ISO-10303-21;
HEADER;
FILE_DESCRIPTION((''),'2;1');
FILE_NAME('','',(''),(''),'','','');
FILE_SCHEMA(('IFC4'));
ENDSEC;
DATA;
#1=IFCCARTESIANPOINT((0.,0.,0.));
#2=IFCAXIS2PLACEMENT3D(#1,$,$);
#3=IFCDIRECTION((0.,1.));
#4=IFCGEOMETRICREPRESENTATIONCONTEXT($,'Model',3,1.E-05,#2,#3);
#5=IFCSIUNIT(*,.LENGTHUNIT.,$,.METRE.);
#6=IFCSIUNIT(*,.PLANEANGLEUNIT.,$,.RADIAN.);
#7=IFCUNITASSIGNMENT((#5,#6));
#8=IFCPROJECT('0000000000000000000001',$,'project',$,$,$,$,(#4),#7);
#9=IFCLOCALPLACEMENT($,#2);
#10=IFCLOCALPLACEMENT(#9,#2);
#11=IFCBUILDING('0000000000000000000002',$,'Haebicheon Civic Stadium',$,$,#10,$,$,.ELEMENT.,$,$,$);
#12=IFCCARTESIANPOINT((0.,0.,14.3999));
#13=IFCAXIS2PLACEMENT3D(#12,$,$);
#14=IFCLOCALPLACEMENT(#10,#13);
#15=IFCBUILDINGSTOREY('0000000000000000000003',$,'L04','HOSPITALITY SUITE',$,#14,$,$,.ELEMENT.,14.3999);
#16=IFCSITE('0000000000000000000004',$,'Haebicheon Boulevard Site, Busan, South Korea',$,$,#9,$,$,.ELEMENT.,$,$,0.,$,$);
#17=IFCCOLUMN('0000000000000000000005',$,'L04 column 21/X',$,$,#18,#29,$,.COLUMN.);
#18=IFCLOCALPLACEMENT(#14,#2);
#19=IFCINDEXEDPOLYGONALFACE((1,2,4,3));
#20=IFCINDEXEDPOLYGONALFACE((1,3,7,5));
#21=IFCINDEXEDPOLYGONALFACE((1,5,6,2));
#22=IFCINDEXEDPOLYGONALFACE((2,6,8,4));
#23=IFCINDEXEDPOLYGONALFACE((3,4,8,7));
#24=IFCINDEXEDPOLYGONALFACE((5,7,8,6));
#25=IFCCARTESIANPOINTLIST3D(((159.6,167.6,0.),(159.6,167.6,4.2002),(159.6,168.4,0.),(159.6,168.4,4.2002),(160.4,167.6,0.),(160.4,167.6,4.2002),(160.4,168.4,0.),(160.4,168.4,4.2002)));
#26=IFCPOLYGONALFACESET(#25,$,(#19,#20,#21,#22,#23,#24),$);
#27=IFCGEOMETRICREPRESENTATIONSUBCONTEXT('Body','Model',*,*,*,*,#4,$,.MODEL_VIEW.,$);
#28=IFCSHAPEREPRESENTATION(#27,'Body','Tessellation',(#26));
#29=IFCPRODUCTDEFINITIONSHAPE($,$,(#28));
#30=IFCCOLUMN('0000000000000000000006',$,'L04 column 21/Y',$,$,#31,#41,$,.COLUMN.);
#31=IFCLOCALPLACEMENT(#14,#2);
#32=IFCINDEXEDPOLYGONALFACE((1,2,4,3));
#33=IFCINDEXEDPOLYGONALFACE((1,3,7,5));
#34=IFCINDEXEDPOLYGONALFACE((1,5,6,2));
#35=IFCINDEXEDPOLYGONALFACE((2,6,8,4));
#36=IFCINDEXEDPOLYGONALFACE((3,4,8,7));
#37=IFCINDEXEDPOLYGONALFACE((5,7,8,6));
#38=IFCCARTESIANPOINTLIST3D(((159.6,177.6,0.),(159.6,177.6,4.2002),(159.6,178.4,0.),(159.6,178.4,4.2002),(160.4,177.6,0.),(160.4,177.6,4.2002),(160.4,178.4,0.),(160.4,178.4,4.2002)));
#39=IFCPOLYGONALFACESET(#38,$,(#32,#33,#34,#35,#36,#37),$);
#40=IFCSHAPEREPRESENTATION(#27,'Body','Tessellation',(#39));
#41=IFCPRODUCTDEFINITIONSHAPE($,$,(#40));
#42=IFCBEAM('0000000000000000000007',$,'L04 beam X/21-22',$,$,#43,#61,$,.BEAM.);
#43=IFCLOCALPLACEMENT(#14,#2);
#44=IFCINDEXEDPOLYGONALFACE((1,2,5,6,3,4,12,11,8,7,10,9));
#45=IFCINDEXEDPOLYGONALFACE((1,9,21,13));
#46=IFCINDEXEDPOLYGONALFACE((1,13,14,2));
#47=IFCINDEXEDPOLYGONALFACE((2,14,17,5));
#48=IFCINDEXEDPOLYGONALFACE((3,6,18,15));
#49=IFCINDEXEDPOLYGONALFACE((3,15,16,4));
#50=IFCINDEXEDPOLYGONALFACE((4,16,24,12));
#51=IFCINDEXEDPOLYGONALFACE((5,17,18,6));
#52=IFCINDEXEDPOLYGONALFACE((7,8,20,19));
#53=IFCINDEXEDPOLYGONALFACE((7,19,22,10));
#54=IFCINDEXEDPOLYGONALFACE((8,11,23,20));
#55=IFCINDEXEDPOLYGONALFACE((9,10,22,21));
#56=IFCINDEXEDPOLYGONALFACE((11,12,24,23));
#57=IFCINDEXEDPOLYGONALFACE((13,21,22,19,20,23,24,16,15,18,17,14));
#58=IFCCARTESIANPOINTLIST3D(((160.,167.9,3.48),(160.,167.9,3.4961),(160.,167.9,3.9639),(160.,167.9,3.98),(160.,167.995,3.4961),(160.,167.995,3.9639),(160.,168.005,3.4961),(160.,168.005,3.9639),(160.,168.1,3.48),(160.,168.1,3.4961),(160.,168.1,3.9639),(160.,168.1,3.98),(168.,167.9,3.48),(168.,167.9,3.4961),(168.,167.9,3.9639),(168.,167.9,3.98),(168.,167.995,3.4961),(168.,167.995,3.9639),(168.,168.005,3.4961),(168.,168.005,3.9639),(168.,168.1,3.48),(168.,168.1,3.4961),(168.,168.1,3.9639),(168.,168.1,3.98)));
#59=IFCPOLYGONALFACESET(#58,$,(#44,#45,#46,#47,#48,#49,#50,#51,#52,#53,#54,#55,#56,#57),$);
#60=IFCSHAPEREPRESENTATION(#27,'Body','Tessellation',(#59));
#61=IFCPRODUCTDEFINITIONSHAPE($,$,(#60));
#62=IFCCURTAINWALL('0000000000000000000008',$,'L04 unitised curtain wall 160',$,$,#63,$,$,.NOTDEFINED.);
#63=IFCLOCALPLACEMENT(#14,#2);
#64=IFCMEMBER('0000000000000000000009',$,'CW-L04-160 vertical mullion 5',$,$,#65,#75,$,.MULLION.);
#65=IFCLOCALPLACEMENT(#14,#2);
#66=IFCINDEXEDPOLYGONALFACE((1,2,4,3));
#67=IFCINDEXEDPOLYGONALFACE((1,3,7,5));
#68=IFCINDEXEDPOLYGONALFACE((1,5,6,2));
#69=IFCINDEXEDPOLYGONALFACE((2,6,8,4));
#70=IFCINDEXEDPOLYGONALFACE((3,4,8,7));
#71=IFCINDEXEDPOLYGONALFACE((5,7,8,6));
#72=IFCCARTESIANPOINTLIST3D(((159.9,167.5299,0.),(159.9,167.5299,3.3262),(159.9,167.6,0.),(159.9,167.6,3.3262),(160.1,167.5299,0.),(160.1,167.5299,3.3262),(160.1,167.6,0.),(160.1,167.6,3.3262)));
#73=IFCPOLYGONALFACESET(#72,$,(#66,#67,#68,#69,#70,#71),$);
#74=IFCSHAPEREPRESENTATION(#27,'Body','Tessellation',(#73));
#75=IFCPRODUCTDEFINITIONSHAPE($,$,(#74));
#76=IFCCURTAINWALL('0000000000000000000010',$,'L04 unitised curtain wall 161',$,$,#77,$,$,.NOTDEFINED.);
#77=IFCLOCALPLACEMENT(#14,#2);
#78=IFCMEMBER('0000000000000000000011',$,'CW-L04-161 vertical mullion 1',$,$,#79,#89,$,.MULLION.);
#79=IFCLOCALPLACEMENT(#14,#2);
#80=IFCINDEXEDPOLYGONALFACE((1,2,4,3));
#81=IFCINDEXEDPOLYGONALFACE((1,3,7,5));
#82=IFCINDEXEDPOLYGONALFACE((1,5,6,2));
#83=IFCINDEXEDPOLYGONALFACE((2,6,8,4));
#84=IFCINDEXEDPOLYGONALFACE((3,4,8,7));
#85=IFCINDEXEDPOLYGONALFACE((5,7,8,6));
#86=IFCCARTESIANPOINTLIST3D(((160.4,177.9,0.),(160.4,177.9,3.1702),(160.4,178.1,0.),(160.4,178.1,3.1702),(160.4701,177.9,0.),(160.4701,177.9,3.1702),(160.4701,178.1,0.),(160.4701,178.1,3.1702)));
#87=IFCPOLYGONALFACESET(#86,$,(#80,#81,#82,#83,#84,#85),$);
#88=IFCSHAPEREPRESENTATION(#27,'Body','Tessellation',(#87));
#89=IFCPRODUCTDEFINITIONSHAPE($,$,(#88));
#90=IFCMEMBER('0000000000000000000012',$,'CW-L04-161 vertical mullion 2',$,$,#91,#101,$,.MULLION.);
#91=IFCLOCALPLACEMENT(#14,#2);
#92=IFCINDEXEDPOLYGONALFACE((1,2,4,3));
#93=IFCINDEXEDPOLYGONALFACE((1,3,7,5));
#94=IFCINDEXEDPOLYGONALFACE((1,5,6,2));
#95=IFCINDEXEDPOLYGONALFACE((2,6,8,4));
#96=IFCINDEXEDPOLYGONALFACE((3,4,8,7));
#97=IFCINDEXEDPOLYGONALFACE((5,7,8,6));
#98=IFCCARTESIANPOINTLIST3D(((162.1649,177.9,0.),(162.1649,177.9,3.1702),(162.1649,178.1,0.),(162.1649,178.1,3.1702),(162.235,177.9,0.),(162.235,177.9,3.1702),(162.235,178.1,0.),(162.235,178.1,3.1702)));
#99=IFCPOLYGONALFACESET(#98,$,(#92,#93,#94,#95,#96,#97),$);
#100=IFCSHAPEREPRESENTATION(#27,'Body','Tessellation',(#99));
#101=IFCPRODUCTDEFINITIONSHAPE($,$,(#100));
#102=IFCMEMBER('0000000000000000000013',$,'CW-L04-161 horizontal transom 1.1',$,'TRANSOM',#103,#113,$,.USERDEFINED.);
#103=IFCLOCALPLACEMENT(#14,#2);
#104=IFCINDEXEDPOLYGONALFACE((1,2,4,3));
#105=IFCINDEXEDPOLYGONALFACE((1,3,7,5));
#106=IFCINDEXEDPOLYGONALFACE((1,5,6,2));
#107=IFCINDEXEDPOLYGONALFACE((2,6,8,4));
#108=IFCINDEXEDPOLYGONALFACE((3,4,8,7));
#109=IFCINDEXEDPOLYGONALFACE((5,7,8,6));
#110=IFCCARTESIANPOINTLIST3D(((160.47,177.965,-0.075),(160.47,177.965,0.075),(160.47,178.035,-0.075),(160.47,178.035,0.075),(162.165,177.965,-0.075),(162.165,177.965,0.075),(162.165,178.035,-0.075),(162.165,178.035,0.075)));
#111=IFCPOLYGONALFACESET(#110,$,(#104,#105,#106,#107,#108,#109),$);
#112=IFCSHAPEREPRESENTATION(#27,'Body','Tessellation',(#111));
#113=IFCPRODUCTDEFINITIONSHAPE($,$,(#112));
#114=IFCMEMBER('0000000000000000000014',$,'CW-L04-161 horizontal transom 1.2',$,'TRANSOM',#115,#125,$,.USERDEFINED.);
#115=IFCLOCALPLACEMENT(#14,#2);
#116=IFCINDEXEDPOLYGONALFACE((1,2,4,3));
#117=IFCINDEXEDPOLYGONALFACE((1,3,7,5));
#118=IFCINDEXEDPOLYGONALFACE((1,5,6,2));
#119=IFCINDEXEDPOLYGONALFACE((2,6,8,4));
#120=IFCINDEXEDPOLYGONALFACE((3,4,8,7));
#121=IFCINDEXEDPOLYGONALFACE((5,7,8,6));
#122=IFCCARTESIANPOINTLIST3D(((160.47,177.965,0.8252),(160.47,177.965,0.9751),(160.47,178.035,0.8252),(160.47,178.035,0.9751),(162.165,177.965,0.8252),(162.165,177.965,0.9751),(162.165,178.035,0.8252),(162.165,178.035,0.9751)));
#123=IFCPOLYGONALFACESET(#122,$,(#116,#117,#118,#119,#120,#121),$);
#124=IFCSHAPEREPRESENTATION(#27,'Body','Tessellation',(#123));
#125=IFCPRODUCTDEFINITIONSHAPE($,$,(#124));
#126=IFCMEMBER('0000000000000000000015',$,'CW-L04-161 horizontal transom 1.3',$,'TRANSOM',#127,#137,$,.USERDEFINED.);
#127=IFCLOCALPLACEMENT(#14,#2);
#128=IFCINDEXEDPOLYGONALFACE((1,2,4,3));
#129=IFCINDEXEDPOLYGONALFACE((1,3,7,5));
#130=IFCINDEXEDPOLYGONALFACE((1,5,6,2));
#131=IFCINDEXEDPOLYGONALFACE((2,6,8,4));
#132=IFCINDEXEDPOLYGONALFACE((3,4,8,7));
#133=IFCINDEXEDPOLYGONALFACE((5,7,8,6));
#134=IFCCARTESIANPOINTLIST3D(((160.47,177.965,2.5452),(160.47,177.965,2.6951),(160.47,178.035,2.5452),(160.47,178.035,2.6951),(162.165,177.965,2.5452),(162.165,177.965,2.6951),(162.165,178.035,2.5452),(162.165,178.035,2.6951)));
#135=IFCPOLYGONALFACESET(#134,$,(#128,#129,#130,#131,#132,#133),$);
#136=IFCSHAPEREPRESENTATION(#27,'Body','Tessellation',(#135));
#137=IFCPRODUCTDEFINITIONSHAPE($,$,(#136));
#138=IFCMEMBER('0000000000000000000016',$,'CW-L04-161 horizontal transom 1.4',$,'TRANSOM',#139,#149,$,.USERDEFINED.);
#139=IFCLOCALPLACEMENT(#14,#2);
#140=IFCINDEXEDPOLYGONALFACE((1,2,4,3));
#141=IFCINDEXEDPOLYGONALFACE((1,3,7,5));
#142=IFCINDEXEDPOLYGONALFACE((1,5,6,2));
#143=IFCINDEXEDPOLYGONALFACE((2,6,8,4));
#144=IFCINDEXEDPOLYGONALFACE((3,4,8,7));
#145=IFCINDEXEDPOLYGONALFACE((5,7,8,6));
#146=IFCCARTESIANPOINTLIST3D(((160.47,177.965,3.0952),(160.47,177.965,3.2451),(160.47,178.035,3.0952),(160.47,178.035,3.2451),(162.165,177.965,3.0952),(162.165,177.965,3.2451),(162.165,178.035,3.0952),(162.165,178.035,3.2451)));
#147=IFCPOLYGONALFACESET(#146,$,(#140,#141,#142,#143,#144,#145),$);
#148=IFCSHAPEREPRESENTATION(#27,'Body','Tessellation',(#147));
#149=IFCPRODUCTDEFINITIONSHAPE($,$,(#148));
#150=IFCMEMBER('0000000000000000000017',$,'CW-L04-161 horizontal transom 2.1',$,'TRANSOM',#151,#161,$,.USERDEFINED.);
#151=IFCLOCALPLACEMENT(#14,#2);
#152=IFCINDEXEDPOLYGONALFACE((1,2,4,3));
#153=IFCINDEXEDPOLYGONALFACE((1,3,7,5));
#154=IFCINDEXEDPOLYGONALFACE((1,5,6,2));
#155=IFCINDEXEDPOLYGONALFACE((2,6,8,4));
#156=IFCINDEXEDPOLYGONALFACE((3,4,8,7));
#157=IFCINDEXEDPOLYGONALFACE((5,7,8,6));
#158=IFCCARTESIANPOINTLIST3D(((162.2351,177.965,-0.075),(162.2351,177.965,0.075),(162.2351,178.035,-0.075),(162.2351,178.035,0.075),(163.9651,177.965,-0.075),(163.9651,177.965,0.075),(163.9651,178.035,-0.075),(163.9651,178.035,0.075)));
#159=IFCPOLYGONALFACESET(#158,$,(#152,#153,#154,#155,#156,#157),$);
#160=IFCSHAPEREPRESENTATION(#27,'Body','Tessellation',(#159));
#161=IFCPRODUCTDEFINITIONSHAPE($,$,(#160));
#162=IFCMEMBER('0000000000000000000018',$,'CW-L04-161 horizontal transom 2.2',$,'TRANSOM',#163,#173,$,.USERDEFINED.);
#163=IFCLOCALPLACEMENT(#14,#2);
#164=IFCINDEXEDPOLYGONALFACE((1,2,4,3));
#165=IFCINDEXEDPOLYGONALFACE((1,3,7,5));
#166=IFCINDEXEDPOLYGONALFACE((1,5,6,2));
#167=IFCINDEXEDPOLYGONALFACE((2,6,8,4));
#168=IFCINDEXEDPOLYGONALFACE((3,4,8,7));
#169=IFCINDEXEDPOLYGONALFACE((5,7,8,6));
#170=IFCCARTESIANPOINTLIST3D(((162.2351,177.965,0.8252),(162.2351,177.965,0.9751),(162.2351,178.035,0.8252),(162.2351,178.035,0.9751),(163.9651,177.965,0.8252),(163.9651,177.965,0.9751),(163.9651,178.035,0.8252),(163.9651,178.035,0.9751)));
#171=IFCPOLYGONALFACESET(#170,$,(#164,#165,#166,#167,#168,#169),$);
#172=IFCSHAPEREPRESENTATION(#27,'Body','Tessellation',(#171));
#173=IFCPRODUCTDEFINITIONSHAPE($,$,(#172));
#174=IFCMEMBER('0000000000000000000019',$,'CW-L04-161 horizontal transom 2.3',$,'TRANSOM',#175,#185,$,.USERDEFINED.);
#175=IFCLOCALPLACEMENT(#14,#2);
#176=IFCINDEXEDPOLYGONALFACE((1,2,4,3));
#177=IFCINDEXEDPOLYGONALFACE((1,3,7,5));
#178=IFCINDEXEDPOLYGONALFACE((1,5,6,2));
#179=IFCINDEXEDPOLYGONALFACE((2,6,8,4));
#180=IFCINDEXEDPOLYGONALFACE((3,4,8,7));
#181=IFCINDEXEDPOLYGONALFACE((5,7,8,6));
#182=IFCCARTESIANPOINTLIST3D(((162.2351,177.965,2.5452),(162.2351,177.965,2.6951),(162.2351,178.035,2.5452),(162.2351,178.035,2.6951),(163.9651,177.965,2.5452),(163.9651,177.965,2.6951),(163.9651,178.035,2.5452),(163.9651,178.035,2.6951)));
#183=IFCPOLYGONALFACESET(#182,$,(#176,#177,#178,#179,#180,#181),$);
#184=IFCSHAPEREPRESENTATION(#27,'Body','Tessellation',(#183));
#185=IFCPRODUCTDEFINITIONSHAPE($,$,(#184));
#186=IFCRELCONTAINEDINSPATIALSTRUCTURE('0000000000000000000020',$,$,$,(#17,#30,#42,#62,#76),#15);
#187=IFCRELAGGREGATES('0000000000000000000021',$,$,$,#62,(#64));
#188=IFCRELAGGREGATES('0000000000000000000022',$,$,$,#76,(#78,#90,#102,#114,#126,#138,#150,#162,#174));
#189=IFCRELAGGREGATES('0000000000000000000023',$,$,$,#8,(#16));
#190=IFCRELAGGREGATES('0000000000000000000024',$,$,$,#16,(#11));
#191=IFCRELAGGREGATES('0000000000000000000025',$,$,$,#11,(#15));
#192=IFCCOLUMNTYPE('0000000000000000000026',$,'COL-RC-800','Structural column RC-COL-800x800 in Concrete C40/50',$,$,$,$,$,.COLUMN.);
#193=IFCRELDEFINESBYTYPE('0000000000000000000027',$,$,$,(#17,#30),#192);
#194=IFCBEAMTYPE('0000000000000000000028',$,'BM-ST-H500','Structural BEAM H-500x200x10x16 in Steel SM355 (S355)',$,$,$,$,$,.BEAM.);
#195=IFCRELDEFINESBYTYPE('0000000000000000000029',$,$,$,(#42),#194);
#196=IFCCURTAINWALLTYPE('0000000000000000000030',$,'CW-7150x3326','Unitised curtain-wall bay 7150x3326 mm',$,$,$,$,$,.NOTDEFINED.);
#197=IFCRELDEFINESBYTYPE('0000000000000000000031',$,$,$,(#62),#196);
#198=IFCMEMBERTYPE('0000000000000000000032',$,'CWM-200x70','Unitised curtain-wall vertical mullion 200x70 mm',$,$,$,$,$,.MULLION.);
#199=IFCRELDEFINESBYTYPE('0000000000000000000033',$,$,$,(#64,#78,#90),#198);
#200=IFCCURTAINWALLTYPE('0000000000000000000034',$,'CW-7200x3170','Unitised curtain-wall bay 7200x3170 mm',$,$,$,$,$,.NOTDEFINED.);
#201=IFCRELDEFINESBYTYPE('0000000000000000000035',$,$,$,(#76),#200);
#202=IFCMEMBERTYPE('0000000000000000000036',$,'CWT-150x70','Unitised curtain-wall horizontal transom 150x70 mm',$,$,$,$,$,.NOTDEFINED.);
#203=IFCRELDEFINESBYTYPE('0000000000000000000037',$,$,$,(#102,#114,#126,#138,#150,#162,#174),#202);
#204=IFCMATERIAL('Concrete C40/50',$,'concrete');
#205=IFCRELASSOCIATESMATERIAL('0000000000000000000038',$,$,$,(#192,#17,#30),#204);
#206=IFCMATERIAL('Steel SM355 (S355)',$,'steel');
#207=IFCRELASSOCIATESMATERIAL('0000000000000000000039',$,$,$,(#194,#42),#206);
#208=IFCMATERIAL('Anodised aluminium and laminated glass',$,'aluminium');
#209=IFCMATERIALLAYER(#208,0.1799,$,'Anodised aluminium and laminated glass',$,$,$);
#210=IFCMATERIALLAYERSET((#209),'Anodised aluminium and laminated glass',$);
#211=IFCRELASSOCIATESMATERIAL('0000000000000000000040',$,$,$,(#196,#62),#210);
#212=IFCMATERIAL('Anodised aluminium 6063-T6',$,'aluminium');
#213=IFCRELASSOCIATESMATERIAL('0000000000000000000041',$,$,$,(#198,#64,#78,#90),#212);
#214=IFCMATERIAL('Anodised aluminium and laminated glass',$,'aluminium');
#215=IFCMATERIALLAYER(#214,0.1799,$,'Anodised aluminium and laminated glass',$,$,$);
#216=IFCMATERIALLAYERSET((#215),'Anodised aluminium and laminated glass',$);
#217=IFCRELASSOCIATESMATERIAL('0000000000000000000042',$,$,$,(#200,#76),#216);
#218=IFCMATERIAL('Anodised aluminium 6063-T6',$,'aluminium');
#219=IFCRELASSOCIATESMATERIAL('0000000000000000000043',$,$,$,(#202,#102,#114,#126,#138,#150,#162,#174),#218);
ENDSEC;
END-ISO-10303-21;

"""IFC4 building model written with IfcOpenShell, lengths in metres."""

from ifc_helpers import new_model, si_unit, direction, frame, origin, origin_2d, place, context, subcontext, project, spatial, rectangle, i_section, extrude, material, layer, layer_set, material_profile, profile_set, type_object, element, aggregate, save


model = new_model("IFC4")

# Units and contexts
model_context = context("Model", 3, precision=1e-05, world=origin(), true_north=direction((0.0, 1.0)))
body_context = subcontext(model_context, "Body", "Model", "MODEL_VIEW")
ifc_project = project(units=[si_unit("LENGTHUNIT", "METRE"), si_unit("PLANEANGLEUNIT", "RADIAN")], contexts=[model_context])

# Site, building, storey
site_placement = place(None, origin())
site = spatial("IfcSite", under=ifc_project, at=site_placement, Name="Haebicheon Boulevard Site, Busan, South Korea", CompositionType="ELEMENT", RefElevation=0.0)
building_placement = place(site_placement, origin())
building = spatial("IfcBuilding", under=site, at=building_placement, Name="Haebicheon Civic Stadium", CompositionType="ELEMENT")
storey_placement = place(building_placement, frame((0.0, 0.0, 14.3999)))
storey = spatial("IfcBuildingStorey", under=building, at=storey_placement, Name="L04", Description="HOSPITALITY SUITE", CompositionType="ELEMENT", Elevation=14.3999)

# Columns
ifc_material_1 = material(Name="Concrete C40/50", Category="concrete")
ifc_material_profile_1 = material_profile(ifc_material_1, rectangle(XDim=0.8, YDim=0.8, at=origin_2d()), Name="RC-COL-800x800")
ifc_profile_set_1 = profile_set([ifc_material_profile_1], Name="Concrete C40/50")
column_type = type_object("IfcColumnType", Name="COL-RC-800", Description="Structural column RC-COL-800x800 in Concrete C40/50", PredefinedType="COLUMN", material=ifc_profile_set_1)
for number, where, z_axis, x_axis, name in (
    (1, (160.0, 168.0, 0.0), (0.0, 0.0, 1.0), (1.0, 0.0, 0.0), "L04 column 21/X"),
    (2, (160.0, 178.0, 0.0), (0.0, 0.0, 1.0), (1.0, 0.0, 0.0), "L04 column 21/Y"),
):
    element("IfcColumn", number, at=place(storey_placement, frame(where, z_axis=z_axis, x_axis=x_axis)), inside=storey, type_object=column_type, material=ifc_profile_set_1, Name=name, PredefinedType="COLUMN", context=body_context, shape_type="SweptSolid", body=[
        extrude(rectangle(XDim=0.8, YDim=0.8, at=origin_2d()), origin(), (0.0, 0.0, 1.0), 4.2002),
    ])

# Beam
ifc_material_2 = material(Name="Steel SM355 (S355)", Category="steel")
ifc_material_profile_2 = material_profile(ifc_material_2, i_section(OverallWidth=0.2, OverallDepth=0.5, WebThickness=0.01, FlangeThickness=0.0161, at=origin_2d()), Name="H-500x200x10x16")
ifc_profile_set_2 = profile_set([ifc_material_profile_2], Name="Steel SM355 (S355)")
beam_type_1 = type_object("IfcBeamType", Name="BM-ST-H500", Description="Structural BEAM H-500x200x10x16 in Steel SM355 (S355)", PredefinedType="BEAM", material=ifc_profile_set_2)
beam_1_placement = place(storey_placement, frame((160.0, 168.0, 3.73), z_axis=(1.0, 0.0, 0.0), x_axis=(0.0, 1.0, 0.0)))
element("IfcBeam", 3, at=beam_1_placement, inside=storey, type_object=beam_type_1, material=ifc_profile_set_2, Name="L04 beam X/21-22", PredefinedType="BEAM", context=body_context, shape_type="SweptSolid", body=[
    extrude(i_section(OverallWidth=0.2, OverallDepth=0.5, WebThickness=0.01, FlangeThickness=0.0161, at=origin_2d()), origin(), (0.0, 0.0, 1.0), 8.0),
])

# Curtain wall, member
ifc_material_3 = material(Name="Anodised aluminium and laminated glass", Category="aluminium")
ifc_layer_1 = layer(ifc_material_3, 0.1799, Name="Anodised aluminium and laminated glass")
ifc_layer_set_1 = layer_set([ifc_layer_1], Name="Anodised aluminium and laminated glass")
curtain_wall_type_1 = type_object("IfcCurtainWallType", Name="CW-7150x3326", Description="Unitised curtain-wall bay 7150x3326 mm", PredefinedType="NOTDEFINED", material=ifc_layer_set_1)
curtain_wall_1_placement = place(storey_placement, origin())
curtain_wall_1 = element("IfcCurtainWall", 4, at=curtain_wall_1_placement, inside=storey, type_object=curtain_wall_type_1, material=ifc_layer_set_1, Name="L04 unitised curtain wall 160", PredefinedType="NOTDEFINED")
ifc_material_4 = material(Name="Anodised aluminium 6063-T6", Category="aluminium")
ifc_material_profile_3 = material_profile(ifc_material_4, rectangle(XDim=0.0701, YDim=0.2, at=origin_2d()), Name="ALU-MULL-70x200")
ifc_profile_set_3 = profile_set([ifc_material_profile_3], Name="Anodised aluminium 6063-T6")
member_type_1 = type_object("IfcMemberType", Name="CWM-200x70", Description="Unitised curtain-wall vertical mullion 200x70 mm", PredefinedType="MULLION", material=ifc_profile_set_3)
member_1_placement = place(storey_placement, frame((160.0, 167.5649, 0.0), z_axis=(0.0, 0.0, 1.0), x_axis=(0.0, 1.0, 0.0)))
member_1 = element("IfcMember", 5, at=member_1_placement, type_object=member_type_1, material=ifc_profile_set_3, Name="CW-L04-160 vertical mullion 5", PredefinedType="MULLION", context=body_context, shape_type="SweptSolid", body=[
    extrude(rectangle(XDim=0.0701, YDim=0.2, at=origin_2d()), origin(), (0.0, 0.0, 1.0), 3.3262),
])
aggregate(curtain_wall_1, [member_1])

# Curtain wall, members
ifc_material_5 = material(Name="Anodised aluminium and laminated glass", Category="aluminium")
ifc_layer_2 = layer(ifc_material_5, 0.1799, Name="Anodised aluminium and laminated glass")
ifc_layer_set_2 = layer_set([ifc_layer_2], Name="Anodised aluminium and laminated glass")
curtain_wall_type_2 = type_object("IfcCurtainWallType", Name="CW-7200x3170", Description="Unitised curtain-wall bay 7200x3170 mm", PredefinedType="NOTDEFINED", material=ifc_layer_set_2)
curtain_wall_2_placement = place(storey_placement, origin())
curtain_wall_2 = element("IfcCurtainWall", 6, at=curtain_wall_2_placement, inside=storey, type_object=curtain_wall_type_2, material=ifc_layer_set_2, Name="L04 unitised curtain wall 161", PredefinedType="NOTDEFINED")
member_2_placement = place(storey_placement, frame((160.4351, 178.0, 0.0), z_axis=(0.0, 0.0, 1.0), x_axis=(1.0, 0.0, 0.0)))
member_2 = element("IfcMember", 7, at=member_2_placement, type_object=member_type_1, material=ifc_profile_set_3, Name="CW-L04-161 vertical mullion 1", PredefinedType="MULLION", context=body_context, shape_type="SweptSolid", body=[
    extrude(rectangle(XDim=0.0701, YDim=0.2, at=origin_2d()), origin(), (0.0, 0.0, 1.0), 3.1702),
])
member_3_placement = place(storey_placement, frame((162.2, 178.0, 0.0), z_axis=(0.0, 0.0, 1.0), x_axis=(1.0, 0.0, 0.0)))
member_3 = element("IfcMember", 8, at=member_3_placement, type_object=member_type_1, material=ifc_profile_set_3, Name="CW-L04-161 vertical mullion 2", PredefinedType="MULLION", context=body_context, shape_type="SweptSolid", body=[
    extrude(rectangle(XDim=0.0701, YDim=0.2, at=origin_2d()), origin(), (0.0, 0.0, 1.0), 3.1702),
])
ifc_material_6 = material(Name="Anodised aluminium 6063-T6", Category="aluminium")
ifc_material_profile_4 = material_profile(ifc_material_6, rectangle(XDim=0.0701, YDim=0.1499, at=origin_2d()), Name="ALU-TRAN-70x150")
ifc_profile_set_4 = profile_set([ifc_material_profile_4], Name="Anodised aluminium 6063-T6")
member_type_2 = type_object("IfcMemberType", Name="CWT-150x70", Description="Unitised curtain-wall horizontal transom 150x70 mm", PredefinedType="NOTDEFINED", material=ifc_profile_set_4)
member_4_placement = place(storey_placement, frame((160.47, 178.0, 0.0), z_axis=(1.0, 0.0, 0.0), x_axis=(0.0, 1.0, 0.0)))
member_4 = element("IfcMember", 9, at=member_4_placement, type_object=member_type_2, material=ifc_profile_set_4, Name="CW-L04-161 horizontal transom 1.1", ObjectType="TRANSOM", PredefinedType="USERDEFINED", context=body_context, shape_type="SweptSolid", body=[
    extrude(rectangle(XDim=0.0701, YDim=0.1499, at=origin_2d()), origin(), (0.0, 0.0, 1.0), 1.6951),
])
member_5_placement = place(storey_placement, frame((160.47, 178.0, 0.9001), z_axis=(1.0, 0.0, 0.0), x_axis=(0.0, 1.0, 0.0)))
member_5 = element("IfcMember", 10, at=member_5_placement, type_object=member_type_2, material=ifc_profile_set_4, Name="CW-L04-161 horizontal transom 1.2", ObjectType="TRANSOM", PredefinedType="USERDEFINED", context=body_context, shape_type="SweptSolid", body=[
    extrude(rectangle(XDim=0.0701, YDim=0.1499, at=origin_2d()), origin(), (0.0, 0.0, 1.0), 1.6951),
])
member_6_placement = place(storey_placement, frame((160.47, 178.0, 2.6201), z_axis=(1.0, 0.0, 0.0), x_axis=(0.0, 1.0, 0.0)))
member_6 = element("IfcMember", 11, at=member_6_placement, type_object=member_type_2, material=ifc_profile_set_4, Name="CW-L04-161 horizontal transom 1.3", ObjectType="TRANSOM", PredefinedType="USERDEFINED", context=body_context, shape_type="SweptSolid", body=[
    extrude(rectangle(XDim=0.0701, YDim=0.1499, at=origin_2d()), origin(), (0.0, 0.0, 1.0), 1.6951),
])
member_7_placement = place(storey_placement, frame((160.47, 178.0, 3.1702), z_axis=(1.0, 0.0, 0.0), x_axis=(0.0, 1.0, 0.0)))
member_7 = element("IfcMember", 12, at=member_7_placement, type_object=member_type_2, material=ifc_profile_set_4, Name="CW-L04-161 horizontal transom 1.4", ObjectType="TRANSOM", PredefinedType="USERDEFINED", context=body_context, shape_type="SweptSolid", body=[
    extrude(rectangle(XDim=0.0701, YDim=0.1499, at=origin_2d()), origin(), (0.0, 0.0, 1.0), 1.6951),
])
member_8_placement = place(storey_placement, frame((162.2351, 178.0, 0.0), z_axis=(1.0, 0.0, 0.0), x_axis=(0.0, 1.0, 0.0)))
member_8 = element("IfcMember", 13, at=member_8_placement, type_object=member_type_2, material=ifc_profile_set_4, Name="CW-L04-161 horizontal transom 2.1", ObjectType="TRANSOM", PredefinedType="USERDEFINED", context=body_context, shape_type="SweptSolid", body=[
    extrude(rectangle(XDim=0.0701, YDim=0.1499, at=origin_2d()), origin(), (0.0, 0.0, 1.0), 1.73),
])
member_9_placement = place(storey_placement, frame((162.2351, 178.0, 0.9001), z_axis=(1.0, 0.0, 0.0), x_axis=(0.0, 1.0, 0.0)))
member_9 = element("IfcMember", 14, at=member_9_placement, type_object=member_type_2, material=ifc_profile_set_4, Name="CW-L04-161 horizontal transom 2.2", ObjectType="TRANSOM", PredefinedType="USERDEFINED", context=body_context, shape_type="SweptSolid", body=[
    extrude(rectangle(XDim=0.0701, YDim=0.1499, at=origin_2d()), origin(), (0.0, 0.0, 1.0), 1.73),
])
member_10_placement = place(storey_placement, frame((162.2351, 178.0, 2.6201), z_axis=(1.0, 0.0, 0.0), x_axis=(0.0, 1.0, 0.0)))
member_10 = element("IfcMember", 15, at=member_10_placement, type_object=member_type_2, material=ifc_profile_set_4, Name="CW-L04-161 horizontal transom 2.3", ObjectType="TRANSOM", PredefinedType="USERDEFINED", context=body_context, shape_type="SweptSolid", body=[
    extrude(rectangle(XDim=0.0701, YDim=0.1499, at=origin_2d()), origin(), (0.0, 0.0, 1.0), 1.73),
])

aggregate(curtain_wall_2, [member_2, member_3, member_4, member_5, member_6, member_7, member_8, member_9, member_10])

save(model, "model.ifc")
